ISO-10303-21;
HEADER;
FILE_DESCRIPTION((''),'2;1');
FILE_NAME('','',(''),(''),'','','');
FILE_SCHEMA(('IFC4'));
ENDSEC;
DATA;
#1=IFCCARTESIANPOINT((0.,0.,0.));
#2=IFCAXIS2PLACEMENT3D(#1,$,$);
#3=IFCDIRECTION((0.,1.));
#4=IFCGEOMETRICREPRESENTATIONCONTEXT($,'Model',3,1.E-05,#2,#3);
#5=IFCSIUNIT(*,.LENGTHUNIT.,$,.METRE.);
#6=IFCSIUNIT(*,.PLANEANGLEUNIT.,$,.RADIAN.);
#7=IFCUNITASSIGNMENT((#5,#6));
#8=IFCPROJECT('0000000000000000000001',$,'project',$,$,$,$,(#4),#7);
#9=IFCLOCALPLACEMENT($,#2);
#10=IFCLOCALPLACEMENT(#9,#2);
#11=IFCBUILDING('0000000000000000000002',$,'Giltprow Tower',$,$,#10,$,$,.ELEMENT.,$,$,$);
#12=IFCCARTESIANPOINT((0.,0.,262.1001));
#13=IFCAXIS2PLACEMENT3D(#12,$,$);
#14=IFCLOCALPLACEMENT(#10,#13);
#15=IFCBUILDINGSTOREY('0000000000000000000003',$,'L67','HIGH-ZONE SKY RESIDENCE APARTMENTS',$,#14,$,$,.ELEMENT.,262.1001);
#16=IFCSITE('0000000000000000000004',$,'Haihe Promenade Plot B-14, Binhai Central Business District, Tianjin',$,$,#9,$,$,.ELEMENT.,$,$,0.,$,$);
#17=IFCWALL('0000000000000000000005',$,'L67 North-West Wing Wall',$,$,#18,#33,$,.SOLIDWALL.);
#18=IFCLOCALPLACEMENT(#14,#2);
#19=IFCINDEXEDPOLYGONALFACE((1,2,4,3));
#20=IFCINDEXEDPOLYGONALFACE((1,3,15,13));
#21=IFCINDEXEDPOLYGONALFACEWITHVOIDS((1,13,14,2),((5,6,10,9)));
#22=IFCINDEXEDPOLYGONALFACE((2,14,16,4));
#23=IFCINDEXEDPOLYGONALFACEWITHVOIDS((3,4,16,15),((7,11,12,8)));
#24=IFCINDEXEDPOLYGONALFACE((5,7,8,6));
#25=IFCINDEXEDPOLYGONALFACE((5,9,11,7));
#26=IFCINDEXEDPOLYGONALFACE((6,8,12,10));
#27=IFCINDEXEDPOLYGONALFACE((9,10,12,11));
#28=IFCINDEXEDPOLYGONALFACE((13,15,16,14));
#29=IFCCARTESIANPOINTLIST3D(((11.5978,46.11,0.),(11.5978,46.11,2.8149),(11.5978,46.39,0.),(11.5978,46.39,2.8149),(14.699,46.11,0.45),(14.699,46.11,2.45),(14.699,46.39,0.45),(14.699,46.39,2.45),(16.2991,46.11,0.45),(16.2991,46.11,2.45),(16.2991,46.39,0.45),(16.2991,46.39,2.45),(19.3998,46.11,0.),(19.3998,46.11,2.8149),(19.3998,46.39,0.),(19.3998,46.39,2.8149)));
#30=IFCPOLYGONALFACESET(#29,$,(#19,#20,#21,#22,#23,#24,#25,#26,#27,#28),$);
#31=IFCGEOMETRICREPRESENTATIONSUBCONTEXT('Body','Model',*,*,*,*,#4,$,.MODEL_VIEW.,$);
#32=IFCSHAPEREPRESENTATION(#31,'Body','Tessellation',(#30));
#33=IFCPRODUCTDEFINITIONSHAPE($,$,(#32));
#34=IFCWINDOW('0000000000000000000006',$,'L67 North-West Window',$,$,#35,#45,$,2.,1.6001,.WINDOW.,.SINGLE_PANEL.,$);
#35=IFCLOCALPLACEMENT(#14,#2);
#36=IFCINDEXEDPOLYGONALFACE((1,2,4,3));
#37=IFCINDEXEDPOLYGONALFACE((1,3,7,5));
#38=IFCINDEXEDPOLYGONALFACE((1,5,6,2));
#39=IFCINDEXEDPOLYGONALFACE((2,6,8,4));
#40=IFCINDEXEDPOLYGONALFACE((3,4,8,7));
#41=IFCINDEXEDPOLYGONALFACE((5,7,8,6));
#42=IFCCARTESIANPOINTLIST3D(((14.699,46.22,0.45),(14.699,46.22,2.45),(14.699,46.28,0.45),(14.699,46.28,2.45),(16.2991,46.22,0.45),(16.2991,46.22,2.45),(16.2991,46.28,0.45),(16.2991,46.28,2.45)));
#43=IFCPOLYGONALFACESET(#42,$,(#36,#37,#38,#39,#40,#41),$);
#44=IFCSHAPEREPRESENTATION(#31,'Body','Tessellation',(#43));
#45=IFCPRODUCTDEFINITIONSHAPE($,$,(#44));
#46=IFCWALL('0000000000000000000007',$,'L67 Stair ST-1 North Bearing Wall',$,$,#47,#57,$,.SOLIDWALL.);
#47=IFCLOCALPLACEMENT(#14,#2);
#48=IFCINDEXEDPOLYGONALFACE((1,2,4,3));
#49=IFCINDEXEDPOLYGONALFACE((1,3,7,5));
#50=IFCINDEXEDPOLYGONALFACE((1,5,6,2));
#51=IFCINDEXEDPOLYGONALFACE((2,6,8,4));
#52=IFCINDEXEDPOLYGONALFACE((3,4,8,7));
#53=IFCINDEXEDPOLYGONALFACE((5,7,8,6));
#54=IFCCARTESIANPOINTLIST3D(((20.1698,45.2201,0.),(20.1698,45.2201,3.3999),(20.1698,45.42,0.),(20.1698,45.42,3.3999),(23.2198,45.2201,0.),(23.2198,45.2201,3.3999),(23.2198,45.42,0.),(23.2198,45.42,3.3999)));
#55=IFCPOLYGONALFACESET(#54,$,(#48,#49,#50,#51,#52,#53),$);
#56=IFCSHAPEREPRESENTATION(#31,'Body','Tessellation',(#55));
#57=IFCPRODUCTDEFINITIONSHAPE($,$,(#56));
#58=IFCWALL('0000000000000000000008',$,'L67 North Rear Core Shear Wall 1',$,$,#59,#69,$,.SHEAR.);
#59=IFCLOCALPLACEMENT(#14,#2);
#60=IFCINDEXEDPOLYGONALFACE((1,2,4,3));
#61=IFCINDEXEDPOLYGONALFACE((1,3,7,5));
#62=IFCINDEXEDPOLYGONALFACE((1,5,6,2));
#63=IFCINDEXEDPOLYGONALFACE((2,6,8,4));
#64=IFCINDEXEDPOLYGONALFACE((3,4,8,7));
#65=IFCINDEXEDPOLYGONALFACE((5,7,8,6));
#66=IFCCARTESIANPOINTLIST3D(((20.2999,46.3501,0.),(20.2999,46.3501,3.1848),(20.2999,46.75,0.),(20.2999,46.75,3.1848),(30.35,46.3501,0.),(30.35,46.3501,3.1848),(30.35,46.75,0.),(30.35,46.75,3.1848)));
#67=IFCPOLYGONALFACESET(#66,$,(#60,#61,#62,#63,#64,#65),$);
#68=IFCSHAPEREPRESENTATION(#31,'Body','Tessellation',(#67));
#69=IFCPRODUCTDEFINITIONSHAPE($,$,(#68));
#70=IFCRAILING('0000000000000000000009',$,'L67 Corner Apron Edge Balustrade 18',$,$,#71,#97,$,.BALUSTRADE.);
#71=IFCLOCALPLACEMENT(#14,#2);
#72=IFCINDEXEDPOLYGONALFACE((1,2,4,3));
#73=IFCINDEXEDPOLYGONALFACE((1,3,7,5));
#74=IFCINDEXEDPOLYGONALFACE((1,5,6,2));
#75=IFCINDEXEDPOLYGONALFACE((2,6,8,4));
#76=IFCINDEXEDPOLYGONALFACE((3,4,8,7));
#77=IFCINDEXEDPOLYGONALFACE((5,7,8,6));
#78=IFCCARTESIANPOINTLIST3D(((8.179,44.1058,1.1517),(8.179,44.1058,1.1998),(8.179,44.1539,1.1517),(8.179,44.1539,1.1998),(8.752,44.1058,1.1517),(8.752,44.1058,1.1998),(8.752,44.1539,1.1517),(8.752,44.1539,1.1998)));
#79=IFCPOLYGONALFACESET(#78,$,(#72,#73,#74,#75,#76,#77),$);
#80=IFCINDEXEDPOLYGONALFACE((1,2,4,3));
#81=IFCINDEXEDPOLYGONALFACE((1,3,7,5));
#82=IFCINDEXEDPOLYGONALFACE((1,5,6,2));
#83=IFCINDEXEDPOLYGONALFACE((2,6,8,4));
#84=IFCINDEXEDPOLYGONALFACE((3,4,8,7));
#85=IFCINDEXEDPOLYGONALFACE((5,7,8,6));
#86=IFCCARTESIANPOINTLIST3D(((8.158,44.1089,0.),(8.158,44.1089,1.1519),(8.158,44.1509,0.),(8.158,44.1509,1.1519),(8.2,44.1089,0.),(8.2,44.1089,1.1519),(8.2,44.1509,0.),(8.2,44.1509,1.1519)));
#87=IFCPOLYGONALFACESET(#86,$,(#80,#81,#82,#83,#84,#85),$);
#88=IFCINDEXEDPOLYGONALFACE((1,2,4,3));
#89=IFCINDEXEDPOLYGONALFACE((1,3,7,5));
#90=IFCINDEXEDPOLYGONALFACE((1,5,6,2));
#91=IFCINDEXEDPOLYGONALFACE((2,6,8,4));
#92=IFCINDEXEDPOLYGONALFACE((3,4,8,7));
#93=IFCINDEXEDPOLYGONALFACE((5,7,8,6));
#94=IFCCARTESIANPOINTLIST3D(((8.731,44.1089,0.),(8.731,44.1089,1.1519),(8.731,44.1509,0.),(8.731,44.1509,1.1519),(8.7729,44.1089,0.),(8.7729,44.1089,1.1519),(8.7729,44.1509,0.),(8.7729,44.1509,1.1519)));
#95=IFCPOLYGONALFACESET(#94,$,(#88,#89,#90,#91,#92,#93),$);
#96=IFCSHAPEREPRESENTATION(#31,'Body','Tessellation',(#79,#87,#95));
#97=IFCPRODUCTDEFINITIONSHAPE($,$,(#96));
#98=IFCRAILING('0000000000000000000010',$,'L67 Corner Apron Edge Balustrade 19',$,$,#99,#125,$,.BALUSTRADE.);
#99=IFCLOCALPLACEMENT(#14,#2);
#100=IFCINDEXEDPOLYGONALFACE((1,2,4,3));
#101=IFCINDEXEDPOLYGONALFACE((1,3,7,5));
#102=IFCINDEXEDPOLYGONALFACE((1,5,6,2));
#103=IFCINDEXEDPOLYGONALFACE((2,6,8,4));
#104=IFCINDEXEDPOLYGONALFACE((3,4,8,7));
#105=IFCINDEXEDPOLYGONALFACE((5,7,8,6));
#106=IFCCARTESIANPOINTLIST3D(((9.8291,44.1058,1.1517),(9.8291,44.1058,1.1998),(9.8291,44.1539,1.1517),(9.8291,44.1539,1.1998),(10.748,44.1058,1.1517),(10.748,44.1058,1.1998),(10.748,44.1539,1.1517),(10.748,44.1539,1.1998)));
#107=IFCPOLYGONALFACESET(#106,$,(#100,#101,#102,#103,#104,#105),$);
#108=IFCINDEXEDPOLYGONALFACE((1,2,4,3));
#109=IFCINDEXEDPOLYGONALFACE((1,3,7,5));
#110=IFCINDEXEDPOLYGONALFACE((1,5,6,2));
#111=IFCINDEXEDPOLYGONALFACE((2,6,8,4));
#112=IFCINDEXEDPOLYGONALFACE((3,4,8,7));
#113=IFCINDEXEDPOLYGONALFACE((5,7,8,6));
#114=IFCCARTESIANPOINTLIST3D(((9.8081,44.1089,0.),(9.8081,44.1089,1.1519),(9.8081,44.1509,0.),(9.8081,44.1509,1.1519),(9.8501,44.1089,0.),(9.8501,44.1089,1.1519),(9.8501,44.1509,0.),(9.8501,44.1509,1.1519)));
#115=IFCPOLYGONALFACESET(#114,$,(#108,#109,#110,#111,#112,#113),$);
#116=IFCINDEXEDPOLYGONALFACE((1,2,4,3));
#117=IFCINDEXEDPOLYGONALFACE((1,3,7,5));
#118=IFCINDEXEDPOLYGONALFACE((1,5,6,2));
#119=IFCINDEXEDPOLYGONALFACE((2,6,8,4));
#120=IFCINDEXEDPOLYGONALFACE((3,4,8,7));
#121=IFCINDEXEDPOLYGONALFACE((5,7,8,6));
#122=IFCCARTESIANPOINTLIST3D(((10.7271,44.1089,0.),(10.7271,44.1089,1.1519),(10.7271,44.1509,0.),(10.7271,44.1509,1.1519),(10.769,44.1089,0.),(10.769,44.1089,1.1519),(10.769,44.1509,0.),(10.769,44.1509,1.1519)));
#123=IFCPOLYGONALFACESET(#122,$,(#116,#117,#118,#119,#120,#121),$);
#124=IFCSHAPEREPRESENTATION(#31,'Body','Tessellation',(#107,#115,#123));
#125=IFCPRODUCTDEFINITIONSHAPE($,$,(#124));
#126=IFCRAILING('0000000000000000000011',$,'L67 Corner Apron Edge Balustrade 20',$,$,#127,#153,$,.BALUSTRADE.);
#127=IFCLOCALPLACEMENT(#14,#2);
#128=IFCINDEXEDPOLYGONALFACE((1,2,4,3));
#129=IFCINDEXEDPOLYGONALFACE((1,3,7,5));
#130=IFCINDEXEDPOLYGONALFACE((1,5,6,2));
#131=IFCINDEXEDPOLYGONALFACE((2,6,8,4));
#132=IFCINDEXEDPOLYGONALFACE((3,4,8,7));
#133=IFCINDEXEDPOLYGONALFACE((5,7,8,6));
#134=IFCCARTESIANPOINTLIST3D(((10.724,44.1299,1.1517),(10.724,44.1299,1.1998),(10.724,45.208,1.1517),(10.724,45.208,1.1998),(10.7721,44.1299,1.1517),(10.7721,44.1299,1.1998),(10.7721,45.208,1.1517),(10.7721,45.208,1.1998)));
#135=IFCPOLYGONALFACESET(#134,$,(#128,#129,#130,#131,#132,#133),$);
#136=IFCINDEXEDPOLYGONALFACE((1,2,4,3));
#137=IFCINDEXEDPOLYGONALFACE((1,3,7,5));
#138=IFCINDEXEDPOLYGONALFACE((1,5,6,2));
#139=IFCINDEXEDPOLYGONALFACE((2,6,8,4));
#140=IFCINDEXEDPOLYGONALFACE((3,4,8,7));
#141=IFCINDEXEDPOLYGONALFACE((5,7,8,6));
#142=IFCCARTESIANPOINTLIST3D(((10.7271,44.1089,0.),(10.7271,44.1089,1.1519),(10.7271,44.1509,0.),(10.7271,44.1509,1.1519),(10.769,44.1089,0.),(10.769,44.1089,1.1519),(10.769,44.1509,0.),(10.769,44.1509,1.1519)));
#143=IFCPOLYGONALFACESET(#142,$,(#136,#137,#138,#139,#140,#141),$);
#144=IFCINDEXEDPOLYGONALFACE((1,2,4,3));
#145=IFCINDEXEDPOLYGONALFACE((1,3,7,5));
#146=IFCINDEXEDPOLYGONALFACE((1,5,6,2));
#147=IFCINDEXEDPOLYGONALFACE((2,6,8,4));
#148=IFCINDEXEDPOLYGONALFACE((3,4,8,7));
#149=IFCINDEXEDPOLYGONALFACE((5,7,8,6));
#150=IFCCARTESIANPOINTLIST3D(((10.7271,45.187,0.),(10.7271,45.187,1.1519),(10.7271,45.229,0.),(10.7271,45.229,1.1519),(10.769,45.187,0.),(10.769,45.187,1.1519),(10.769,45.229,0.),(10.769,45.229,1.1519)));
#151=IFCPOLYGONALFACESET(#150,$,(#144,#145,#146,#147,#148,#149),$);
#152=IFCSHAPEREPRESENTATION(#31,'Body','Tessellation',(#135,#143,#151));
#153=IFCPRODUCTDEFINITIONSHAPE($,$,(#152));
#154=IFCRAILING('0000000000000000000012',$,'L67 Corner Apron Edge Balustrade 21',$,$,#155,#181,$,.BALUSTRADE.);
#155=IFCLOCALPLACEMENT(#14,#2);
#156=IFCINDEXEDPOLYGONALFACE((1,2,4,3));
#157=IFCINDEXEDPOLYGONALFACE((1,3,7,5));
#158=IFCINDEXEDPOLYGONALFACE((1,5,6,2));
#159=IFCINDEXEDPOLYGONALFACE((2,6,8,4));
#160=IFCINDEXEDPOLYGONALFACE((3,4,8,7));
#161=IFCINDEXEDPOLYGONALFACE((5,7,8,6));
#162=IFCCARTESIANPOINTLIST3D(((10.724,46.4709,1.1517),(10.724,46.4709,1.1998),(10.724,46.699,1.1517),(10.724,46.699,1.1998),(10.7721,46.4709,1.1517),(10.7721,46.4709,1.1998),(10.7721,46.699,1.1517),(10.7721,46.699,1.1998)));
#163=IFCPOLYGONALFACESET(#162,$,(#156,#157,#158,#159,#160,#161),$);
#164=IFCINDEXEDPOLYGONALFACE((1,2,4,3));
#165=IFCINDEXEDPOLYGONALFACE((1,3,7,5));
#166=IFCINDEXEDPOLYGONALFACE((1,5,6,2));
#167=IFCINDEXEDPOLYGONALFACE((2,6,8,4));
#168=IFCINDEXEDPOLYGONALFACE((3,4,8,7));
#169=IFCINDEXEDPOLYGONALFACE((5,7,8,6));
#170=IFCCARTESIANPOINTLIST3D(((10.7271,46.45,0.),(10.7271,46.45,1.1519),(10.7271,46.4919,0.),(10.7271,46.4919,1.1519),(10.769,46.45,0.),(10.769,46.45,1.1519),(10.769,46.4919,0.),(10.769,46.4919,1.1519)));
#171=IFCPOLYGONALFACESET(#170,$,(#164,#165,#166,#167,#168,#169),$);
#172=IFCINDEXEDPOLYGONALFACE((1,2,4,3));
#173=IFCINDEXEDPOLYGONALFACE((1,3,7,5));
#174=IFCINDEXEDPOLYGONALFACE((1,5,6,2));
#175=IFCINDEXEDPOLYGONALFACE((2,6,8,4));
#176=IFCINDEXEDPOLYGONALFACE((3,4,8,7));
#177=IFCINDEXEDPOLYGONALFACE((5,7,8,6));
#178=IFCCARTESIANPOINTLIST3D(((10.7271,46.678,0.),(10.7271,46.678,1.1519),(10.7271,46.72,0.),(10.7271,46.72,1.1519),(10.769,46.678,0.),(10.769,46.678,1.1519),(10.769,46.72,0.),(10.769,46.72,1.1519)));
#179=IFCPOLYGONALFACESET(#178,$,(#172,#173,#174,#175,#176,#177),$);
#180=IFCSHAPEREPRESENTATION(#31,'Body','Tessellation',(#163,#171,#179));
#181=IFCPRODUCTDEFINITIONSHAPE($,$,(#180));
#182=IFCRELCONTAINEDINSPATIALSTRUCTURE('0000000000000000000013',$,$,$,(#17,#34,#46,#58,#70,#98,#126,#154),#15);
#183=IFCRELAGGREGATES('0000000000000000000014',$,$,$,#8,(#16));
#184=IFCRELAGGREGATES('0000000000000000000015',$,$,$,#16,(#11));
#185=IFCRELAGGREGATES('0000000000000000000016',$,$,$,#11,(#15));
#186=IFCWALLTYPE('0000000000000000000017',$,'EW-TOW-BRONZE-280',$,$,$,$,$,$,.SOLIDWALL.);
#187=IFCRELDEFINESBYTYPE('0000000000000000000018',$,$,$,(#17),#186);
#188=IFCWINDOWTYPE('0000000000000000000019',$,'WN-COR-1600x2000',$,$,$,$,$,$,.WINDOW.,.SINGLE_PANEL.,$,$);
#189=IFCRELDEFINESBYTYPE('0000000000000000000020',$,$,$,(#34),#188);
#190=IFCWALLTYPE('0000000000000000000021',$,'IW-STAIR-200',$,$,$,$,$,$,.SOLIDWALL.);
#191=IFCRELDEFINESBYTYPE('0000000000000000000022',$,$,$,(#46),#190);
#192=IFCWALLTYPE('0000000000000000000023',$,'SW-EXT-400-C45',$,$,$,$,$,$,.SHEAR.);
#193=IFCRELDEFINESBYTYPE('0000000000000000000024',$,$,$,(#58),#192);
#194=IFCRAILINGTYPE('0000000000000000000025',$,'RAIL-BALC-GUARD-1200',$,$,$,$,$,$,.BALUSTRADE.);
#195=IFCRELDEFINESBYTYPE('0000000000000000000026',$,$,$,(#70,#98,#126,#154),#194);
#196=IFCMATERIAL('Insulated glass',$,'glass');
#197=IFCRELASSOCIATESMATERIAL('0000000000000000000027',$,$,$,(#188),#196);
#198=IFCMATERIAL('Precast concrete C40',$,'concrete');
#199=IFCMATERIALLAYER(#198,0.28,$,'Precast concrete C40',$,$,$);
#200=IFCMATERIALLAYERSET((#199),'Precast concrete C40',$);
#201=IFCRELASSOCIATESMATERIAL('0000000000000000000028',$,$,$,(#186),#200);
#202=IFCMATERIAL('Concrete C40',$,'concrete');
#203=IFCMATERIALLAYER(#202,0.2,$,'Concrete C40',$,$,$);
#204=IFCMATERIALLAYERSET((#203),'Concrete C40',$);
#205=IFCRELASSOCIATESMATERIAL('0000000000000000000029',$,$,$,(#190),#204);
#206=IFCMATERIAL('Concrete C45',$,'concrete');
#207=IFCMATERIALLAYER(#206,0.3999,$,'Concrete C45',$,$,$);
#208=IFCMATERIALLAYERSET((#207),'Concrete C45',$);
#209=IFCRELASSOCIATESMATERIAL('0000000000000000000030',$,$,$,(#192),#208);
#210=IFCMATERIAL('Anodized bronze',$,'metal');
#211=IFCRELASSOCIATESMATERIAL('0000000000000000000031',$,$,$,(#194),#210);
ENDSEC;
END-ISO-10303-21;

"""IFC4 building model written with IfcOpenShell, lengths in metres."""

from ifc_helpers import new_model, si_unit, direction, frame, frame_2d, origin, origin_2d, place, context, subcontext, project, spatial, rectangle, extrude, source, transform, mapped, material, layer, layer_set, type_object, element, fill, save


model = new_model("IFC4")

# Units and contexts
model_context = context("Model", 3, precision=1e-05, world=origin(), true_north=direction((0.0, 1.0)))
body_context = subcontext(model_context, "Body", "Model", "MODEL_VIEW")
ifc_project = project(units=[si_unit("LENGTHUNIT", "METRE"), si_unit("PLANEANGLEUNIT", "RADIAN")], contexts=[model_context])

# Site, building, storey
site_placement = place(None, origin())
site = spatial("IfcSite", under=ifc_project, at=site_placement, Name="Haihe Promenade Plot B-14, Binhai Central Business District, Tianjin", CompositionType="ELEMENT", RefElevation=0.0)
building_placement = place(site_placement, origin())
building = spatial("IfcBuilding", under=site, at=building_placement, Name="Giltprow Tower", CompositionType="ELEMENT")
storey_placement = place(building_placement, frame((0.0, 0.0, 262.1001)))
storey = spatial("IfcBuildingStorey", under=building, at=storey_placement, Name="L67", Description="HIGH-ZONE SKY RESIDENCE APARTMENTS", CompositionType="ELEMENT", Elevation=262.1001)

# Shared definitions
ifc_material_1 = material(Name="Concrete C45", Category="concrete")

# Wall, opening, window
ifc_material_2 = material(Name="Precast concrete C40", Category="concrete")
ifc_material_3 = material(Name="Insulated glass", Category="glass")
window_type = type_object("IfcWindowType", Name="WN-COR-1600x2000", PartitioningType="SINGLE_PANEL", PredefinedType="WINDOW", material=ifc_material_3)
shared_shape_1 = source(origin(), body_context, "Body", "SweptSolid", [
    extrude(rectangle(XDim=1.6001, YDim=2.0, at=frame_2d((0.8, 1.0))), frame((0.0, 0.03, 0.0), z_axis=(0.0, -1.0, 0.0), x_axis=(1.0, 0.0, 0.0)), (0.0, 0.0, 1.0), 0.0601),
])
ifc_layer_1 = layer(ifc_material_2, 0.28, Name="Precast concrete C40")
ifc_layer_set_1 = layer_set([ifc_layer_1], Name="Precast concrete C40")
wall_type_1 = type_object("IfcWallType", Name="EW-TOW-BRONZE-280", PredefinedType="SOLIDWALL", material=ifc_layer_set_1)
wall_1_placement = place(storey_placement, frame((11.5979, 46.25, 0.0), z_axis=(0.0, 0.0, 1.0), x_axis=(1.0, 0.0, 0.0)))
wall_1 = element("IfcWall", 1, at=wall_1_placement, inside=storey, type_object=wall_type_1, Name="L67 North-West Wing Wall", PredefinedType="SOLIDWALL", context=body_context, shape_type="SweptSolid", body=[
    extrude(rectangle(XDim=7.802, YDim=0.28, at=frame_2d((3.9009, 0.0))), origin(), (0.0, 0.0, 1.0), 2.8149),
])
opening_1_placement = place(wall_1_placement, frame((3.1011, 0.0, 0.45)))
opening_1 = element("IfcOpeningElement", 2, at=opening_1_placement, cuts=wall_1, PredefinedType="OPENING", context=body_context, shape_type="SweptSolid", body=[
    extrude(rectangle(XDim=1.6001, YDim=2.0, at=frame_2d((0.8, 1.0))), frame((0.0, 0.1499, 0.0), z_axis=(0.0, -1.0, 0.0), x_axis=(1.0, 0.0, 0.0)), (0.0, 0.0, 1.0), 0.3),
])
window_1_placement = place(opening_1_placement, origin())
window_1 = element("IfcWindow", 3, at=window_1_placement, inside=storey, type_object=window_type, Name="L67 North-West Window", OverallHeight=2.0, OverallWidth=1.6001, PartitioningType="SINGLE_PANEL", PredefinedType="WINDOW", context=body_context, shape_type="MappedRepresentation", body=[
    mapped(shared_shape_1, transform((0.0, 0.0, 0.0), x_axis=(1.0, 0.0, 0.0), y_axis=(0.0, 1.0, 0.0), z_axis=(0.0, 0.0, 1.0), scale=1.0)),
])
fill(opening_1, window_1)

# Walls
ifc_material_4 = material(Name="Concrete C40", Category="concrete")
ifc_layer_2 = layer(ifc_material_4, 0.2, Name="Concrete C40")
ifc_layer_set_2 = layer_set([ifc_layer_2], Name="Concrete C40")
wall_type_2 = type_object("IfcWallType", Name="IW-STAIR-200", PredefinedType="SOLIDWALL", material=ifc_layer_set_2)
wall_2_placement = place(storey_placement, frame((20.1699, 45.3201, 0.0), z_axis=(0.0, 0.0, 1.0), x_axis=(1.0, 0.0, 0.0)))
element("IfcWall", 4, at=wall_2_placement, inside=storey, type_object=wall_type_2, Name="L67 Stair ST-1 North Bearing Wall", PredefinedType="SOLIDWALL", context=body_context, shape_type="SweptSolid", body=[
    extrude(rectangle(XDim=3.05, YDim=0.2, at=frame_2d((1.5249, 0.0))), origin(), (0.0, 0.0, 1.0), 3.3999),
])
ifc_layer_3 = layer(ifc_material_1, 0.3999, Name="Concrete C45")
ifc_layer_set_3 = layer_set([ifc_layer_3], Name="Concrete C45")
wall_type_3 = type_object("IfcWallType", Name="SW-EXT-400-C45", PredefinedType="SHEAR", material=ifc_layer_set_3)
wall_3_placement = place(storey_placement, frame((20.3, 46.55, 0.0), z_axis=(0.0, 0.0, 1.0), x_axis=(1.0, 0.0, 0.0)))
element("IfcWall", 5, at=wall_3_placement, inside=storey, type_object=wall_type_3, Name="L67 North Rear Core Shear Wall 1", PredefinedType="SHEAR", context=body_context, shape_type="SweptSolid", body=[
    extrude(rectangle(XDim=10.05, YDim=0.3999, at=frame_2d((5.0249, 0.0))), origin(), (0.0, 0.0, 1.0), 3.1848),
])

# Railings
ifc_material_5 = material(Name="Anodized bronze", Category="metal")
railing_type_1 = type_object("IfcRailingType", Name="RAIL-BALC-GUARD-1200", PredefinedType="BALUSTRADE", material=ifc_material_5)
railing_1_placement = place(storey_placement, frame((8.179, 44.1299, 0.0)))
element("IfcRailing", 6, at=railing_1_placement, inside=storey, type_object=railing_type_1, Name="L67 Corner Apron Edge Balustrade 18", PredefinedType="BALUSTRADE", context=body_context, shape_type="SweptSolid", body=[
    extrude(rectangle(XDim=0.0481, YDim=0.0481, at=origin_2d()), frame((0.0, 0.0, 1.1758), z_axis=(1.0, 0.0, 0.0), x_axis=(0.0, 1.0, 0.0)), (0.0, 0.0, 1.0), 0.573),
    extrude(rectangle(XDim=0.042, YDim=0.042, at=origin_2d()), origin(), (0.0, 0.0, 1.0), 1.1519),
    extrude(rectangle(XDim=0.042, YDim=0.042, at=origin_2d()), frame((0.573, 0.0, 0.0)), (0.0, 0.0, 1.0), 1.1519),
])
railing_2_placement = place(storey_placement, frame((9.8291, 44.1299, 0.0)))
element("IfcRailing", 7, at=railing_2_placement, inside=storey, type_object=railing_type_1, Name="L67 Corner Apron Edge Balustrade 19", PredefinedType="BALUSTRADE", context=body_context, shape_type="SweptSolid", body=[
    extrude(rectangle(XDim=0.0481, YDim=0.0481, at=origin_2d()), frame((0.0, 0.0, 1.1758), z_axis=(1.0, 0.0, 0.0), x_axis=(0.0, 1.0, 0.0)), (0.0, 0.0, 1.0), 0.9189),
    extrude(rectangle(XDim=0.042, YDim=0.042, at=origin_2d()), origin(), (0.0, 0.0, 1.0), 1.1519),
    extrude(rectangle(XDim=0.042, YDim=0.042, at=origin_2d()), frame((0.9189, 0.0, 0.0)), (0.0, 0.0, 1.0), 1.1519),
])
railing_3_placement = place(storey_placement, frame((10.748, 44.1299, 0.0)))
element("IfcRailing", 8, at=railing_3_placement, inside=storey, type_object=railing_type_1, Name="L67 Corner Apron Edge Balustrade 20", PredefinedType="BALUSTRADE", context=body_context, shape_type="SweptSolid", body=[
    extrude(rectangle(XDim=0.0481, YDim=0.0481, at=origin_2d()), frame((0.0, 0.0, 1.1758), z_axis=(0.0, 1.0, 0.0), x_axis=(-1.0, 0.0, 0.0)), (0.0, 0.0, 1.0), 1.0781),
    extrude(rectangle(XDim=0.042, YDim=0.042, at=origin_2d()), origin(), (0.0, 0.0, 1.0), 1.1519),
    extrude(rectangle(XDim=0.042, YDim=0.042, at=origin_2d()), frame((0.0, 1.0781, 0.0)), (0.0, 0.0, 1.0), 1.1519),
])
railing_4_placement = place(storey_placement, frame((10.748, 46.4709, 0.0)))
element("IfcRailing", 9, at=railing_4_placement, inside=storey, type_object=railing_type_1, Name="L67 Corner Apron Edge Balustrade 21", PredefinedType="BALUSTRADE", context=body_context, shape_type="SweptSolid", body=[
    extrude(rectangle(XDim=0.0481, YDim=0.0481, at=origin_2d()), frame((0.0, 0.0, 1.1758), z_axis=(0.0, 1.0, 0.0), x_axis=(-1.0, 0.0, 0.0)), (0.0, 0.0, 1.0), 0.228),
    extrude(rectangle(XDim=0.042, YDim=0.042, at=origin_2d()), origin(), (0.0, 0.0, 1.0), 1.1519),
    extrude(rectangle(XDim=0.042, YDim=0.042, at=origin_2d()), frame((0.0, 0.228, 0.0)), (0.0, 0.0, 1.0), 1.1519),
])

save(model, "model.ifc")
